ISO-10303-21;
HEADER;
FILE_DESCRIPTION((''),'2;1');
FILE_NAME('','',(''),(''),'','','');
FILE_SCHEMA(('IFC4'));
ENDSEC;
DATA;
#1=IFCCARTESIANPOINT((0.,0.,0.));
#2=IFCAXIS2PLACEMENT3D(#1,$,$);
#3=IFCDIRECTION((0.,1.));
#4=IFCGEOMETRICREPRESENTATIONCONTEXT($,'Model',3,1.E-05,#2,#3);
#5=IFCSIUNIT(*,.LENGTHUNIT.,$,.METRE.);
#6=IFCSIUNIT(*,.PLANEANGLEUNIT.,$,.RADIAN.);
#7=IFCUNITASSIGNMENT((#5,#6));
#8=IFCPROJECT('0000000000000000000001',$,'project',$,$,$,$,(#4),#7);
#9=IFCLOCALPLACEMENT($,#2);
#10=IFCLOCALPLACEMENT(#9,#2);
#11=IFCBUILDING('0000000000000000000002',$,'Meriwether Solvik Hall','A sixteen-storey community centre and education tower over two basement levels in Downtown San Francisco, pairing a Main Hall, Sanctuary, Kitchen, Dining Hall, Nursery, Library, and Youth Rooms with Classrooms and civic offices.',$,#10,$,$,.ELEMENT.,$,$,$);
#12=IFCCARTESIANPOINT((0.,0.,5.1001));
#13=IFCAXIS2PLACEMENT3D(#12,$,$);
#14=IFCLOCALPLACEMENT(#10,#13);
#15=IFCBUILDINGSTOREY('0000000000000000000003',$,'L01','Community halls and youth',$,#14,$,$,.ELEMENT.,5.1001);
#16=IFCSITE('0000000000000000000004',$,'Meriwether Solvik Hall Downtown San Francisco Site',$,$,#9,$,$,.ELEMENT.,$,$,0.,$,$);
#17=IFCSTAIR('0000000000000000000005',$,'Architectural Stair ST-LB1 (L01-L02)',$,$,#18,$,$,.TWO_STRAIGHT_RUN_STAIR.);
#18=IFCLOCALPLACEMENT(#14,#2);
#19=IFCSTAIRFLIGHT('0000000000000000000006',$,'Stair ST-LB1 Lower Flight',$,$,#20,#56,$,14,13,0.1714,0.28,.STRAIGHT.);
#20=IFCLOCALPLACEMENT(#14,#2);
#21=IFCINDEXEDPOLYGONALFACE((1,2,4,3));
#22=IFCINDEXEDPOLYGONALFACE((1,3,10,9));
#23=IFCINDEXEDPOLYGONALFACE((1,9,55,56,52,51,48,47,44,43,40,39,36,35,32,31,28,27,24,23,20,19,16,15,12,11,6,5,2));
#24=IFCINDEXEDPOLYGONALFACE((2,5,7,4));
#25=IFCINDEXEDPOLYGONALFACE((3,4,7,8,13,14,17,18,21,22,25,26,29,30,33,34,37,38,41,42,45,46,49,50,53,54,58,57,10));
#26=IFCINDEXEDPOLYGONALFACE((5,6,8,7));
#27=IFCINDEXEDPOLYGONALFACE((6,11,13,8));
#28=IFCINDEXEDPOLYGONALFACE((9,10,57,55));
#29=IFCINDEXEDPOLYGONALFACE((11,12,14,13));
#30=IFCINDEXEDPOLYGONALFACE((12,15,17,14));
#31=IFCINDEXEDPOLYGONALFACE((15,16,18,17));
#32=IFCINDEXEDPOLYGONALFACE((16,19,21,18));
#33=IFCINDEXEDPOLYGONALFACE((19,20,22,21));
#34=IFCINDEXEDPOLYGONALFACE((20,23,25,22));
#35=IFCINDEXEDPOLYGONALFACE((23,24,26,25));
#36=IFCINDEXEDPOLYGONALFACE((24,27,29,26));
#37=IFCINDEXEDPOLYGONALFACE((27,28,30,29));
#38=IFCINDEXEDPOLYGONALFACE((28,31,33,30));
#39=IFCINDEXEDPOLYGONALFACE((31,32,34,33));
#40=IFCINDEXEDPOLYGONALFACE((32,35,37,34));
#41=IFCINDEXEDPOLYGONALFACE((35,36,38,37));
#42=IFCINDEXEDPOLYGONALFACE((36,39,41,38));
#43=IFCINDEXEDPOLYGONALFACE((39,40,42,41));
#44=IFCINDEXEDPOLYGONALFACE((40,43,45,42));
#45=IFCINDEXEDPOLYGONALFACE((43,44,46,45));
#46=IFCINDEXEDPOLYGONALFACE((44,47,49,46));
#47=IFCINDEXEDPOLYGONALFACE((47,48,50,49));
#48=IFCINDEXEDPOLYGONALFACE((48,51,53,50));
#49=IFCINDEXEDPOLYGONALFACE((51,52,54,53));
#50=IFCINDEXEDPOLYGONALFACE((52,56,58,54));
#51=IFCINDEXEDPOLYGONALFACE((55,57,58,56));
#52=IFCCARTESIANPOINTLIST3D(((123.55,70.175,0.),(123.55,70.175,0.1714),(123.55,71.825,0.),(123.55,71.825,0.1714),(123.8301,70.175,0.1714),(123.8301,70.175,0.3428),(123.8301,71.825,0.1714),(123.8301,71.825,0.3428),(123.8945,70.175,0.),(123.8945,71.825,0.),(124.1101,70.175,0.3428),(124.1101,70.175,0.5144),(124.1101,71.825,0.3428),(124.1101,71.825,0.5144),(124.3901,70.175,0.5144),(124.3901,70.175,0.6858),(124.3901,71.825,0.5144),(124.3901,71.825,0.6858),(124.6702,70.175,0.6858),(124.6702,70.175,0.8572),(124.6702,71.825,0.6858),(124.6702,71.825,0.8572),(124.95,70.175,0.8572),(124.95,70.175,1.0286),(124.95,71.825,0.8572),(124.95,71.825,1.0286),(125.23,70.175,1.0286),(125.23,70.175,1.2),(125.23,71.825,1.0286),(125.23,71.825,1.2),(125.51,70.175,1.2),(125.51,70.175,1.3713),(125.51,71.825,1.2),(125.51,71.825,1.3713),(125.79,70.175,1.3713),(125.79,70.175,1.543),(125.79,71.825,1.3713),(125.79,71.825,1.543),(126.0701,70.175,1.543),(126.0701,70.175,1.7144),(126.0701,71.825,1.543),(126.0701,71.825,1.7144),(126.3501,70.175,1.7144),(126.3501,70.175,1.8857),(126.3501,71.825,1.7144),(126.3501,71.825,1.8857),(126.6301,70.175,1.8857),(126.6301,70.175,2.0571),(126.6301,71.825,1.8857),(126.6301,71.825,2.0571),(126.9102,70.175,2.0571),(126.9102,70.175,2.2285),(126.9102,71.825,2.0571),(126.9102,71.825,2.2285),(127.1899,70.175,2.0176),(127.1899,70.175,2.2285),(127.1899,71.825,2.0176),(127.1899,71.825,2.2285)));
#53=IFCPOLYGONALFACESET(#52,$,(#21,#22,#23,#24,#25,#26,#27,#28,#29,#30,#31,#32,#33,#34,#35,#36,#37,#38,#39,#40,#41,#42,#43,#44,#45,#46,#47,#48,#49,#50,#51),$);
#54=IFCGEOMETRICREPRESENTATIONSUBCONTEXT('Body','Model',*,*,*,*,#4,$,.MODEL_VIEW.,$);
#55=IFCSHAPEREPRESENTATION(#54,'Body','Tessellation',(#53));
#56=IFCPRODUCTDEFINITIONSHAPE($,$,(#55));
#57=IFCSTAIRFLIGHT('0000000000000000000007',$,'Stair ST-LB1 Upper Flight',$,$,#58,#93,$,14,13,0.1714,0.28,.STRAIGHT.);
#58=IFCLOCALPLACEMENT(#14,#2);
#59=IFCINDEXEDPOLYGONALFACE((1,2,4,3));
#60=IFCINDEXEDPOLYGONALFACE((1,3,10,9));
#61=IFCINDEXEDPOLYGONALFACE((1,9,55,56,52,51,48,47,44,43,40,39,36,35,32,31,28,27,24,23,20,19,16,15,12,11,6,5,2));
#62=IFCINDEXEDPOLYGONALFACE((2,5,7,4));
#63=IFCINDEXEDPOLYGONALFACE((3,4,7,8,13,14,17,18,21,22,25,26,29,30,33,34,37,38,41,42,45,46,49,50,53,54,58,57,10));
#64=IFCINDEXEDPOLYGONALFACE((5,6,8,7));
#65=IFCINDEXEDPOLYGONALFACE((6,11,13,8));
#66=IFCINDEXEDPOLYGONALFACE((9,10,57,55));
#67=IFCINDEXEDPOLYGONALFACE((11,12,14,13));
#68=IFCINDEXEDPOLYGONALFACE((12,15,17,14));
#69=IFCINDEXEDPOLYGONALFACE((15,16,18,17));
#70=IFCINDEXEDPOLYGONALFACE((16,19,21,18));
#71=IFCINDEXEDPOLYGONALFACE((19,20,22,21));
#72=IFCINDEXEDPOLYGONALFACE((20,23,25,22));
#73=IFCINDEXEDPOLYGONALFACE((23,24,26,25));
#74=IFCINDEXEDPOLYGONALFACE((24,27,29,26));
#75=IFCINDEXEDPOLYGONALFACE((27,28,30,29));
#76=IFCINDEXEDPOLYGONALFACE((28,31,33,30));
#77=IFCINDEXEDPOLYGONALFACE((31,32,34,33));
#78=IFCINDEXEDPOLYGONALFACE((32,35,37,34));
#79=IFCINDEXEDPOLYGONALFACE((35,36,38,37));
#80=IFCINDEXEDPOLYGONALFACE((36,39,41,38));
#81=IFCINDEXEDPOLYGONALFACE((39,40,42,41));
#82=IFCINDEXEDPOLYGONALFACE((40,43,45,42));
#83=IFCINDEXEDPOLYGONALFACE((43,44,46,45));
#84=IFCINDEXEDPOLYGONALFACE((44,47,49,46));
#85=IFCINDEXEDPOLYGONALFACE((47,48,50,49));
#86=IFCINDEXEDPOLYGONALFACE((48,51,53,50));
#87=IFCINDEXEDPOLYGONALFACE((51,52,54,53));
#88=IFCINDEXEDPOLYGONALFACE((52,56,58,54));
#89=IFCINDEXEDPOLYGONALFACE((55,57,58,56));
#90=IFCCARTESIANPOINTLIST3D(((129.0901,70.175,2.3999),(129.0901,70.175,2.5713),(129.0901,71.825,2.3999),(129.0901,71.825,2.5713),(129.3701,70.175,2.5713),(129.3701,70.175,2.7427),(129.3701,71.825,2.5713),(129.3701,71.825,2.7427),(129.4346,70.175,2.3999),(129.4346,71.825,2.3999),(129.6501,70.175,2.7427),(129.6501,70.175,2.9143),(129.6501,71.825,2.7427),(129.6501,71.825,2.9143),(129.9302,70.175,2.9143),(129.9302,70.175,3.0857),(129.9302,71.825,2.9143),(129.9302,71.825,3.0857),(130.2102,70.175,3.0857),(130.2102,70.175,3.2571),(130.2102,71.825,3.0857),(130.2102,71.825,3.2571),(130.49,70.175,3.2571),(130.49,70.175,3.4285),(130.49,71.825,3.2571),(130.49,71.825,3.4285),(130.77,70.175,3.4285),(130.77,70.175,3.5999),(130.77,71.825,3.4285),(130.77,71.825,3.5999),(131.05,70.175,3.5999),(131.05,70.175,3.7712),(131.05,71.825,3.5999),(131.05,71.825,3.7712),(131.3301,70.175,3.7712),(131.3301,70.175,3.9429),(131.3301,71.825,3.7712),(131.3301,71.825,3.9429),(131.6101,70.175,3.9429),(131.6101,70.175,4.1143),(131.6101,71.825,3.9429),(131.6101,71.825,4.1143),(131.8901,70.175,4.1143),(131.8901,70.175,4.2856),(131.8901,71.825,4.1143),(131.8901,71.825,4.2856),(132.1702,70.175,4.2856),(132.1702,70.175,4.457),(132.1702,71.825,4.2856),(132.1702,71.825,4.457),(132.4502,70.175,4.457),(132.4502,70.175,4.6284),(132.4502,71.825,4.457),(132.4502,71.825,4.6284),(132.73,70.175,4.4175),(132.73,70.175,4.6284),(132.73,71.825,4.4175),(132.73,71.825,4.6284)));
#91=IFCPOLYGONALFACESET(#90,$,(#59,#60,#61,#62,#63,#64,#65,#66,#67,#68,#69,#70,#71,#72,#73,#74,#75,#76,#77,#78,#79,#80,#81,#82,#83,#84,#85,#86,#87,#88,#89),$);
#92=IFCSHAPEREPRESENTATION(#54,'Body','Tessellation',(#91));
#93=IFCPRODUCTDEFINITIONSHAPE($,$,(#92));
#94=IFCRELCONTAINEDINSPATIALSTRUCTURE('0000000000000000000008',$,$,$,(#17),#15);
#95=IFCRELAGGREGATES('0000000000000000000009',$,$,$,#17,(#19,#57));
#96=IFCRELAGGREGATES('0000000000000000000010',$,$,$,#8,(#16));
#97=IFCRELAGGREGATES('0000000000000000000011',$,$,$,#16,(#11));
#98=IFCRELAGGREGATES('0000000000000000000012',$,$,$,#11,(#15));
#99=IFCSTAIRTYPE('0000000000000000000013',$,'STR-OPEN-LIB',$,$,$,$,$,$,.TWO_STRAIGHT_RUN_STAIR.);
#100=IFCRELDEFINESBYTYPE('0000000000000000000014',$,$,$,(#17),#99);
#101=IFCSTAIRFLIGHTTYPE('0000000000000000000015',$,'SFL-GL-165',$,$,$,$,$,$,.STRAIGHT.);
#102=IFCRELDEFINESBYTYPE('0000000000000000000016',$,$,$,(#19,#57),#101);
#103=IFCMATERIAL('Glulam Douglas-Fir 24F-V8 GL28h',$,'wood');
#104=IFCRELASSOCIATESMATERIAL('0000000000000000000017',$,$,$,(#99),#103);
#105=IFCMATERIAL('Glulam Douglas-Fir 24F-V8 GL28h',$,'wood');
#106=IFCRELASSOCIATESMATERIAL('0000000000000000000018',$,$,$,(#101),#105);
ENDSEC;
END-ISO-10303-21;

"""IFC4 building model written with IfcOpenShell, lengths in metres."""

from ifc_helpers import new_model, si_unit, direction, frame, origin, place, context, subcontext, project, spatial, polyline, outline, extrude, material, type_object, element, aggregate, save


model = new_model("IFC4")

# Units and contexts
model_context = context("Model", 3, precision=1e-05, world=origin(), true_north=direction((0.0, 1.0)))
body_context = subcontext(model_context, "Body", "Model", "MODEL_VIEW")
ifc_project = project(units=[si_unit("LENGTHUNIT", "METRE"), si_unit("PLANEANGLEUNIT", "RADIAN")], contexts=[model_context])

# Site, building, storey
site_placement = place(None, origin())
site = spatial("IfcSite", under=ifc_project, at=site_placement, Name="Meriwether Solvik Hall Downtown San Francisco Site", CompositionType="ELEMENT", RefElevation=0.0)
building_placement = place(site_placement, origin())
building = spatial("IfcBuilding", under=site, at=building_placement, Name="Meriwether Solvik Hall", Description="A sixteen-storey community centre and education tower over two basement levels in Downtown San Francisco, pairing a Main Hall, Sanctuary, Kitchen, Dining Hall, Nursery, Library, and Youth Rooms with Classrooms and civic offices.", CompositionType="ELEMENT")
storey_placement = place(building_placement, frame((0.0, 0.0, 5.1001)))
storey = spatial("IfcBuildingStorey", under=building, at=storey_placement, Name="L01", Description="Community halls and youth", CompositionType="ELEMENT", Elevation=5.1001)

# Stair, stair flights
ifc_material_1 = material(Name="Glulam Douglas-Fir 24F-V8 GL28h", Category="wood")
stair_type = type_object("IfcStairType", Name="STR-OPEN-LIB", PredefinedType="TWO_STRAIGHT_RUN_STAIR", material=ifc_material_1)
stair_placement = place(storey_placement, origin())
stair = element("IfcStair", 1, at=stair_placement, inside=storey, type_object=stair_type, Name="Architectural Stair ST-LB1 (L01-L02)", PredefinedType="TWO_STRAIGHT_RUN_STAIR")
ifc_material_2 = material(Name="Glulam Douglas-Fir 24F-V8 GL28h", Category="wood")
stair_flight_type = type_object("IfcStairFlightType", Name="SFL-GL-165", PredefinedType="STRAIGHT", material=ifc_material_2)
stair_flight_1_placement = place(storey_placement, frame((123.55, 71.0, 0.0), z_axis=(0.0, 0.0, 1.0), x_axis=(1.0, 0.0, 0.0)))
stair_flight_1 = element("IfcStairFlight", 2, at=stair_flight_1_placement, type_object=stair_flight_type, Name="Stair ST-LB1 Lower Flight", NumberOfRisers=14, NumberOfTreads=13, PredefinedType="STRAIGHT", RiserHeight=0.1714, TreadLength=0.28, context=body_context, shape_type="SweptSolid", body=[
    extrude(outline(polyline([(0.0, 0.0), (0.0, 0.1714), (0.28, 0.1714), (0.28, 0.3428), (0.5601, 0.3428), (0.5601, 0.5144), (0.8401, 0.5144), (0.8401, 0.6858), (1.1201, 0.6858), (1.1201, 0.8572), (1.3999, 0.8572), (1.3999, 1.0286), (1.6799, 1.0286), (1.6799, 1.2), (1.96, 1.2), (1.96, 1.3713), (2.24, 1.3713), (2.24, 1.543), (2.52, 1.543), (2.52, 1.7144), (2.8, 1.7144), (2.8, 1.8857), (3.0801, 1.8857), (3.0801, 2.0571), (3.3601, 2.0571), (3.3601, 2.2285), (3.6399, 2.2285), (3.6399, 2.3999), (3.6399, 2.0176), (0.3445, 0.0), (0.0, 0.0)])), frame((0.0, 0.825, 0.0), z_axis=(0.0, -1.0, 0.0), x_axis=(1.0, 0.0, 0.0)), (0.0, 0.0, 1.0), 1.6499),
])
stair_flight_2_placement = place(storey_placement, frame((129.0901, 71.0, 2.3999), z_axis=(0.0, 0.0, 1.0), x_axis=(1.0, 0.0, 0.0)))
stair_flight_2 = element("IfcStairFlight", 3, at=stair_flight_2_placement, type_object=stair_flight_type, Name="Stair ST-LB1 Upper Flight", NumberOfRisers=14, NumberOfTreads=13, PredefinedType="STRAIGHT", RiserHeight=0.1714, TreadLength=0.28, context=body_context, shape_type="SweptSolid", body=[
    extrude(outline(polyline([(0.0, 0.0), (0.0, 0.1714), (0.28, 0.1714), (0.28, 0.3428), (0.5601, 0.3428), (0.5601, 0.5144), (0.8401, 0.5144), (0.8401, 0.6858), (1.1201, 0.6858), (1.1201, 0.8572), (1.3999, 0.8572), (1.3999, 1.0286), (1.6799, 1.0286), (1.6799, 1.2), (1.96, 1.2), (1.96, 1.3713), (2.24, 1.3713), (2.24, 1.543), (2.52, 1.543), (2.52, 1.7144), (2.8, 1.7144), (2.8, 1.8857), (3.0801, 1.8857), (3.0801, 2.0571), (3.3601, 2.0571), (3.3601, 2.2285), (3.6399, 2.2285), (3.6399, 2.3999), (3.6399, 2.0176), (0.3445, 0.0), (0.0, 0.0)])), frame((0.0, 0.825, 0.0), z_axis=(0.0, -1.0, 0.0), x_axis=(1.0, 0.0, 0.0)), (0.0, 0.0, 1.0), 1.6499),
])
aggregate(stair, [stair_flight_1, stair_flight_2])

save(model, "model.ifc")
